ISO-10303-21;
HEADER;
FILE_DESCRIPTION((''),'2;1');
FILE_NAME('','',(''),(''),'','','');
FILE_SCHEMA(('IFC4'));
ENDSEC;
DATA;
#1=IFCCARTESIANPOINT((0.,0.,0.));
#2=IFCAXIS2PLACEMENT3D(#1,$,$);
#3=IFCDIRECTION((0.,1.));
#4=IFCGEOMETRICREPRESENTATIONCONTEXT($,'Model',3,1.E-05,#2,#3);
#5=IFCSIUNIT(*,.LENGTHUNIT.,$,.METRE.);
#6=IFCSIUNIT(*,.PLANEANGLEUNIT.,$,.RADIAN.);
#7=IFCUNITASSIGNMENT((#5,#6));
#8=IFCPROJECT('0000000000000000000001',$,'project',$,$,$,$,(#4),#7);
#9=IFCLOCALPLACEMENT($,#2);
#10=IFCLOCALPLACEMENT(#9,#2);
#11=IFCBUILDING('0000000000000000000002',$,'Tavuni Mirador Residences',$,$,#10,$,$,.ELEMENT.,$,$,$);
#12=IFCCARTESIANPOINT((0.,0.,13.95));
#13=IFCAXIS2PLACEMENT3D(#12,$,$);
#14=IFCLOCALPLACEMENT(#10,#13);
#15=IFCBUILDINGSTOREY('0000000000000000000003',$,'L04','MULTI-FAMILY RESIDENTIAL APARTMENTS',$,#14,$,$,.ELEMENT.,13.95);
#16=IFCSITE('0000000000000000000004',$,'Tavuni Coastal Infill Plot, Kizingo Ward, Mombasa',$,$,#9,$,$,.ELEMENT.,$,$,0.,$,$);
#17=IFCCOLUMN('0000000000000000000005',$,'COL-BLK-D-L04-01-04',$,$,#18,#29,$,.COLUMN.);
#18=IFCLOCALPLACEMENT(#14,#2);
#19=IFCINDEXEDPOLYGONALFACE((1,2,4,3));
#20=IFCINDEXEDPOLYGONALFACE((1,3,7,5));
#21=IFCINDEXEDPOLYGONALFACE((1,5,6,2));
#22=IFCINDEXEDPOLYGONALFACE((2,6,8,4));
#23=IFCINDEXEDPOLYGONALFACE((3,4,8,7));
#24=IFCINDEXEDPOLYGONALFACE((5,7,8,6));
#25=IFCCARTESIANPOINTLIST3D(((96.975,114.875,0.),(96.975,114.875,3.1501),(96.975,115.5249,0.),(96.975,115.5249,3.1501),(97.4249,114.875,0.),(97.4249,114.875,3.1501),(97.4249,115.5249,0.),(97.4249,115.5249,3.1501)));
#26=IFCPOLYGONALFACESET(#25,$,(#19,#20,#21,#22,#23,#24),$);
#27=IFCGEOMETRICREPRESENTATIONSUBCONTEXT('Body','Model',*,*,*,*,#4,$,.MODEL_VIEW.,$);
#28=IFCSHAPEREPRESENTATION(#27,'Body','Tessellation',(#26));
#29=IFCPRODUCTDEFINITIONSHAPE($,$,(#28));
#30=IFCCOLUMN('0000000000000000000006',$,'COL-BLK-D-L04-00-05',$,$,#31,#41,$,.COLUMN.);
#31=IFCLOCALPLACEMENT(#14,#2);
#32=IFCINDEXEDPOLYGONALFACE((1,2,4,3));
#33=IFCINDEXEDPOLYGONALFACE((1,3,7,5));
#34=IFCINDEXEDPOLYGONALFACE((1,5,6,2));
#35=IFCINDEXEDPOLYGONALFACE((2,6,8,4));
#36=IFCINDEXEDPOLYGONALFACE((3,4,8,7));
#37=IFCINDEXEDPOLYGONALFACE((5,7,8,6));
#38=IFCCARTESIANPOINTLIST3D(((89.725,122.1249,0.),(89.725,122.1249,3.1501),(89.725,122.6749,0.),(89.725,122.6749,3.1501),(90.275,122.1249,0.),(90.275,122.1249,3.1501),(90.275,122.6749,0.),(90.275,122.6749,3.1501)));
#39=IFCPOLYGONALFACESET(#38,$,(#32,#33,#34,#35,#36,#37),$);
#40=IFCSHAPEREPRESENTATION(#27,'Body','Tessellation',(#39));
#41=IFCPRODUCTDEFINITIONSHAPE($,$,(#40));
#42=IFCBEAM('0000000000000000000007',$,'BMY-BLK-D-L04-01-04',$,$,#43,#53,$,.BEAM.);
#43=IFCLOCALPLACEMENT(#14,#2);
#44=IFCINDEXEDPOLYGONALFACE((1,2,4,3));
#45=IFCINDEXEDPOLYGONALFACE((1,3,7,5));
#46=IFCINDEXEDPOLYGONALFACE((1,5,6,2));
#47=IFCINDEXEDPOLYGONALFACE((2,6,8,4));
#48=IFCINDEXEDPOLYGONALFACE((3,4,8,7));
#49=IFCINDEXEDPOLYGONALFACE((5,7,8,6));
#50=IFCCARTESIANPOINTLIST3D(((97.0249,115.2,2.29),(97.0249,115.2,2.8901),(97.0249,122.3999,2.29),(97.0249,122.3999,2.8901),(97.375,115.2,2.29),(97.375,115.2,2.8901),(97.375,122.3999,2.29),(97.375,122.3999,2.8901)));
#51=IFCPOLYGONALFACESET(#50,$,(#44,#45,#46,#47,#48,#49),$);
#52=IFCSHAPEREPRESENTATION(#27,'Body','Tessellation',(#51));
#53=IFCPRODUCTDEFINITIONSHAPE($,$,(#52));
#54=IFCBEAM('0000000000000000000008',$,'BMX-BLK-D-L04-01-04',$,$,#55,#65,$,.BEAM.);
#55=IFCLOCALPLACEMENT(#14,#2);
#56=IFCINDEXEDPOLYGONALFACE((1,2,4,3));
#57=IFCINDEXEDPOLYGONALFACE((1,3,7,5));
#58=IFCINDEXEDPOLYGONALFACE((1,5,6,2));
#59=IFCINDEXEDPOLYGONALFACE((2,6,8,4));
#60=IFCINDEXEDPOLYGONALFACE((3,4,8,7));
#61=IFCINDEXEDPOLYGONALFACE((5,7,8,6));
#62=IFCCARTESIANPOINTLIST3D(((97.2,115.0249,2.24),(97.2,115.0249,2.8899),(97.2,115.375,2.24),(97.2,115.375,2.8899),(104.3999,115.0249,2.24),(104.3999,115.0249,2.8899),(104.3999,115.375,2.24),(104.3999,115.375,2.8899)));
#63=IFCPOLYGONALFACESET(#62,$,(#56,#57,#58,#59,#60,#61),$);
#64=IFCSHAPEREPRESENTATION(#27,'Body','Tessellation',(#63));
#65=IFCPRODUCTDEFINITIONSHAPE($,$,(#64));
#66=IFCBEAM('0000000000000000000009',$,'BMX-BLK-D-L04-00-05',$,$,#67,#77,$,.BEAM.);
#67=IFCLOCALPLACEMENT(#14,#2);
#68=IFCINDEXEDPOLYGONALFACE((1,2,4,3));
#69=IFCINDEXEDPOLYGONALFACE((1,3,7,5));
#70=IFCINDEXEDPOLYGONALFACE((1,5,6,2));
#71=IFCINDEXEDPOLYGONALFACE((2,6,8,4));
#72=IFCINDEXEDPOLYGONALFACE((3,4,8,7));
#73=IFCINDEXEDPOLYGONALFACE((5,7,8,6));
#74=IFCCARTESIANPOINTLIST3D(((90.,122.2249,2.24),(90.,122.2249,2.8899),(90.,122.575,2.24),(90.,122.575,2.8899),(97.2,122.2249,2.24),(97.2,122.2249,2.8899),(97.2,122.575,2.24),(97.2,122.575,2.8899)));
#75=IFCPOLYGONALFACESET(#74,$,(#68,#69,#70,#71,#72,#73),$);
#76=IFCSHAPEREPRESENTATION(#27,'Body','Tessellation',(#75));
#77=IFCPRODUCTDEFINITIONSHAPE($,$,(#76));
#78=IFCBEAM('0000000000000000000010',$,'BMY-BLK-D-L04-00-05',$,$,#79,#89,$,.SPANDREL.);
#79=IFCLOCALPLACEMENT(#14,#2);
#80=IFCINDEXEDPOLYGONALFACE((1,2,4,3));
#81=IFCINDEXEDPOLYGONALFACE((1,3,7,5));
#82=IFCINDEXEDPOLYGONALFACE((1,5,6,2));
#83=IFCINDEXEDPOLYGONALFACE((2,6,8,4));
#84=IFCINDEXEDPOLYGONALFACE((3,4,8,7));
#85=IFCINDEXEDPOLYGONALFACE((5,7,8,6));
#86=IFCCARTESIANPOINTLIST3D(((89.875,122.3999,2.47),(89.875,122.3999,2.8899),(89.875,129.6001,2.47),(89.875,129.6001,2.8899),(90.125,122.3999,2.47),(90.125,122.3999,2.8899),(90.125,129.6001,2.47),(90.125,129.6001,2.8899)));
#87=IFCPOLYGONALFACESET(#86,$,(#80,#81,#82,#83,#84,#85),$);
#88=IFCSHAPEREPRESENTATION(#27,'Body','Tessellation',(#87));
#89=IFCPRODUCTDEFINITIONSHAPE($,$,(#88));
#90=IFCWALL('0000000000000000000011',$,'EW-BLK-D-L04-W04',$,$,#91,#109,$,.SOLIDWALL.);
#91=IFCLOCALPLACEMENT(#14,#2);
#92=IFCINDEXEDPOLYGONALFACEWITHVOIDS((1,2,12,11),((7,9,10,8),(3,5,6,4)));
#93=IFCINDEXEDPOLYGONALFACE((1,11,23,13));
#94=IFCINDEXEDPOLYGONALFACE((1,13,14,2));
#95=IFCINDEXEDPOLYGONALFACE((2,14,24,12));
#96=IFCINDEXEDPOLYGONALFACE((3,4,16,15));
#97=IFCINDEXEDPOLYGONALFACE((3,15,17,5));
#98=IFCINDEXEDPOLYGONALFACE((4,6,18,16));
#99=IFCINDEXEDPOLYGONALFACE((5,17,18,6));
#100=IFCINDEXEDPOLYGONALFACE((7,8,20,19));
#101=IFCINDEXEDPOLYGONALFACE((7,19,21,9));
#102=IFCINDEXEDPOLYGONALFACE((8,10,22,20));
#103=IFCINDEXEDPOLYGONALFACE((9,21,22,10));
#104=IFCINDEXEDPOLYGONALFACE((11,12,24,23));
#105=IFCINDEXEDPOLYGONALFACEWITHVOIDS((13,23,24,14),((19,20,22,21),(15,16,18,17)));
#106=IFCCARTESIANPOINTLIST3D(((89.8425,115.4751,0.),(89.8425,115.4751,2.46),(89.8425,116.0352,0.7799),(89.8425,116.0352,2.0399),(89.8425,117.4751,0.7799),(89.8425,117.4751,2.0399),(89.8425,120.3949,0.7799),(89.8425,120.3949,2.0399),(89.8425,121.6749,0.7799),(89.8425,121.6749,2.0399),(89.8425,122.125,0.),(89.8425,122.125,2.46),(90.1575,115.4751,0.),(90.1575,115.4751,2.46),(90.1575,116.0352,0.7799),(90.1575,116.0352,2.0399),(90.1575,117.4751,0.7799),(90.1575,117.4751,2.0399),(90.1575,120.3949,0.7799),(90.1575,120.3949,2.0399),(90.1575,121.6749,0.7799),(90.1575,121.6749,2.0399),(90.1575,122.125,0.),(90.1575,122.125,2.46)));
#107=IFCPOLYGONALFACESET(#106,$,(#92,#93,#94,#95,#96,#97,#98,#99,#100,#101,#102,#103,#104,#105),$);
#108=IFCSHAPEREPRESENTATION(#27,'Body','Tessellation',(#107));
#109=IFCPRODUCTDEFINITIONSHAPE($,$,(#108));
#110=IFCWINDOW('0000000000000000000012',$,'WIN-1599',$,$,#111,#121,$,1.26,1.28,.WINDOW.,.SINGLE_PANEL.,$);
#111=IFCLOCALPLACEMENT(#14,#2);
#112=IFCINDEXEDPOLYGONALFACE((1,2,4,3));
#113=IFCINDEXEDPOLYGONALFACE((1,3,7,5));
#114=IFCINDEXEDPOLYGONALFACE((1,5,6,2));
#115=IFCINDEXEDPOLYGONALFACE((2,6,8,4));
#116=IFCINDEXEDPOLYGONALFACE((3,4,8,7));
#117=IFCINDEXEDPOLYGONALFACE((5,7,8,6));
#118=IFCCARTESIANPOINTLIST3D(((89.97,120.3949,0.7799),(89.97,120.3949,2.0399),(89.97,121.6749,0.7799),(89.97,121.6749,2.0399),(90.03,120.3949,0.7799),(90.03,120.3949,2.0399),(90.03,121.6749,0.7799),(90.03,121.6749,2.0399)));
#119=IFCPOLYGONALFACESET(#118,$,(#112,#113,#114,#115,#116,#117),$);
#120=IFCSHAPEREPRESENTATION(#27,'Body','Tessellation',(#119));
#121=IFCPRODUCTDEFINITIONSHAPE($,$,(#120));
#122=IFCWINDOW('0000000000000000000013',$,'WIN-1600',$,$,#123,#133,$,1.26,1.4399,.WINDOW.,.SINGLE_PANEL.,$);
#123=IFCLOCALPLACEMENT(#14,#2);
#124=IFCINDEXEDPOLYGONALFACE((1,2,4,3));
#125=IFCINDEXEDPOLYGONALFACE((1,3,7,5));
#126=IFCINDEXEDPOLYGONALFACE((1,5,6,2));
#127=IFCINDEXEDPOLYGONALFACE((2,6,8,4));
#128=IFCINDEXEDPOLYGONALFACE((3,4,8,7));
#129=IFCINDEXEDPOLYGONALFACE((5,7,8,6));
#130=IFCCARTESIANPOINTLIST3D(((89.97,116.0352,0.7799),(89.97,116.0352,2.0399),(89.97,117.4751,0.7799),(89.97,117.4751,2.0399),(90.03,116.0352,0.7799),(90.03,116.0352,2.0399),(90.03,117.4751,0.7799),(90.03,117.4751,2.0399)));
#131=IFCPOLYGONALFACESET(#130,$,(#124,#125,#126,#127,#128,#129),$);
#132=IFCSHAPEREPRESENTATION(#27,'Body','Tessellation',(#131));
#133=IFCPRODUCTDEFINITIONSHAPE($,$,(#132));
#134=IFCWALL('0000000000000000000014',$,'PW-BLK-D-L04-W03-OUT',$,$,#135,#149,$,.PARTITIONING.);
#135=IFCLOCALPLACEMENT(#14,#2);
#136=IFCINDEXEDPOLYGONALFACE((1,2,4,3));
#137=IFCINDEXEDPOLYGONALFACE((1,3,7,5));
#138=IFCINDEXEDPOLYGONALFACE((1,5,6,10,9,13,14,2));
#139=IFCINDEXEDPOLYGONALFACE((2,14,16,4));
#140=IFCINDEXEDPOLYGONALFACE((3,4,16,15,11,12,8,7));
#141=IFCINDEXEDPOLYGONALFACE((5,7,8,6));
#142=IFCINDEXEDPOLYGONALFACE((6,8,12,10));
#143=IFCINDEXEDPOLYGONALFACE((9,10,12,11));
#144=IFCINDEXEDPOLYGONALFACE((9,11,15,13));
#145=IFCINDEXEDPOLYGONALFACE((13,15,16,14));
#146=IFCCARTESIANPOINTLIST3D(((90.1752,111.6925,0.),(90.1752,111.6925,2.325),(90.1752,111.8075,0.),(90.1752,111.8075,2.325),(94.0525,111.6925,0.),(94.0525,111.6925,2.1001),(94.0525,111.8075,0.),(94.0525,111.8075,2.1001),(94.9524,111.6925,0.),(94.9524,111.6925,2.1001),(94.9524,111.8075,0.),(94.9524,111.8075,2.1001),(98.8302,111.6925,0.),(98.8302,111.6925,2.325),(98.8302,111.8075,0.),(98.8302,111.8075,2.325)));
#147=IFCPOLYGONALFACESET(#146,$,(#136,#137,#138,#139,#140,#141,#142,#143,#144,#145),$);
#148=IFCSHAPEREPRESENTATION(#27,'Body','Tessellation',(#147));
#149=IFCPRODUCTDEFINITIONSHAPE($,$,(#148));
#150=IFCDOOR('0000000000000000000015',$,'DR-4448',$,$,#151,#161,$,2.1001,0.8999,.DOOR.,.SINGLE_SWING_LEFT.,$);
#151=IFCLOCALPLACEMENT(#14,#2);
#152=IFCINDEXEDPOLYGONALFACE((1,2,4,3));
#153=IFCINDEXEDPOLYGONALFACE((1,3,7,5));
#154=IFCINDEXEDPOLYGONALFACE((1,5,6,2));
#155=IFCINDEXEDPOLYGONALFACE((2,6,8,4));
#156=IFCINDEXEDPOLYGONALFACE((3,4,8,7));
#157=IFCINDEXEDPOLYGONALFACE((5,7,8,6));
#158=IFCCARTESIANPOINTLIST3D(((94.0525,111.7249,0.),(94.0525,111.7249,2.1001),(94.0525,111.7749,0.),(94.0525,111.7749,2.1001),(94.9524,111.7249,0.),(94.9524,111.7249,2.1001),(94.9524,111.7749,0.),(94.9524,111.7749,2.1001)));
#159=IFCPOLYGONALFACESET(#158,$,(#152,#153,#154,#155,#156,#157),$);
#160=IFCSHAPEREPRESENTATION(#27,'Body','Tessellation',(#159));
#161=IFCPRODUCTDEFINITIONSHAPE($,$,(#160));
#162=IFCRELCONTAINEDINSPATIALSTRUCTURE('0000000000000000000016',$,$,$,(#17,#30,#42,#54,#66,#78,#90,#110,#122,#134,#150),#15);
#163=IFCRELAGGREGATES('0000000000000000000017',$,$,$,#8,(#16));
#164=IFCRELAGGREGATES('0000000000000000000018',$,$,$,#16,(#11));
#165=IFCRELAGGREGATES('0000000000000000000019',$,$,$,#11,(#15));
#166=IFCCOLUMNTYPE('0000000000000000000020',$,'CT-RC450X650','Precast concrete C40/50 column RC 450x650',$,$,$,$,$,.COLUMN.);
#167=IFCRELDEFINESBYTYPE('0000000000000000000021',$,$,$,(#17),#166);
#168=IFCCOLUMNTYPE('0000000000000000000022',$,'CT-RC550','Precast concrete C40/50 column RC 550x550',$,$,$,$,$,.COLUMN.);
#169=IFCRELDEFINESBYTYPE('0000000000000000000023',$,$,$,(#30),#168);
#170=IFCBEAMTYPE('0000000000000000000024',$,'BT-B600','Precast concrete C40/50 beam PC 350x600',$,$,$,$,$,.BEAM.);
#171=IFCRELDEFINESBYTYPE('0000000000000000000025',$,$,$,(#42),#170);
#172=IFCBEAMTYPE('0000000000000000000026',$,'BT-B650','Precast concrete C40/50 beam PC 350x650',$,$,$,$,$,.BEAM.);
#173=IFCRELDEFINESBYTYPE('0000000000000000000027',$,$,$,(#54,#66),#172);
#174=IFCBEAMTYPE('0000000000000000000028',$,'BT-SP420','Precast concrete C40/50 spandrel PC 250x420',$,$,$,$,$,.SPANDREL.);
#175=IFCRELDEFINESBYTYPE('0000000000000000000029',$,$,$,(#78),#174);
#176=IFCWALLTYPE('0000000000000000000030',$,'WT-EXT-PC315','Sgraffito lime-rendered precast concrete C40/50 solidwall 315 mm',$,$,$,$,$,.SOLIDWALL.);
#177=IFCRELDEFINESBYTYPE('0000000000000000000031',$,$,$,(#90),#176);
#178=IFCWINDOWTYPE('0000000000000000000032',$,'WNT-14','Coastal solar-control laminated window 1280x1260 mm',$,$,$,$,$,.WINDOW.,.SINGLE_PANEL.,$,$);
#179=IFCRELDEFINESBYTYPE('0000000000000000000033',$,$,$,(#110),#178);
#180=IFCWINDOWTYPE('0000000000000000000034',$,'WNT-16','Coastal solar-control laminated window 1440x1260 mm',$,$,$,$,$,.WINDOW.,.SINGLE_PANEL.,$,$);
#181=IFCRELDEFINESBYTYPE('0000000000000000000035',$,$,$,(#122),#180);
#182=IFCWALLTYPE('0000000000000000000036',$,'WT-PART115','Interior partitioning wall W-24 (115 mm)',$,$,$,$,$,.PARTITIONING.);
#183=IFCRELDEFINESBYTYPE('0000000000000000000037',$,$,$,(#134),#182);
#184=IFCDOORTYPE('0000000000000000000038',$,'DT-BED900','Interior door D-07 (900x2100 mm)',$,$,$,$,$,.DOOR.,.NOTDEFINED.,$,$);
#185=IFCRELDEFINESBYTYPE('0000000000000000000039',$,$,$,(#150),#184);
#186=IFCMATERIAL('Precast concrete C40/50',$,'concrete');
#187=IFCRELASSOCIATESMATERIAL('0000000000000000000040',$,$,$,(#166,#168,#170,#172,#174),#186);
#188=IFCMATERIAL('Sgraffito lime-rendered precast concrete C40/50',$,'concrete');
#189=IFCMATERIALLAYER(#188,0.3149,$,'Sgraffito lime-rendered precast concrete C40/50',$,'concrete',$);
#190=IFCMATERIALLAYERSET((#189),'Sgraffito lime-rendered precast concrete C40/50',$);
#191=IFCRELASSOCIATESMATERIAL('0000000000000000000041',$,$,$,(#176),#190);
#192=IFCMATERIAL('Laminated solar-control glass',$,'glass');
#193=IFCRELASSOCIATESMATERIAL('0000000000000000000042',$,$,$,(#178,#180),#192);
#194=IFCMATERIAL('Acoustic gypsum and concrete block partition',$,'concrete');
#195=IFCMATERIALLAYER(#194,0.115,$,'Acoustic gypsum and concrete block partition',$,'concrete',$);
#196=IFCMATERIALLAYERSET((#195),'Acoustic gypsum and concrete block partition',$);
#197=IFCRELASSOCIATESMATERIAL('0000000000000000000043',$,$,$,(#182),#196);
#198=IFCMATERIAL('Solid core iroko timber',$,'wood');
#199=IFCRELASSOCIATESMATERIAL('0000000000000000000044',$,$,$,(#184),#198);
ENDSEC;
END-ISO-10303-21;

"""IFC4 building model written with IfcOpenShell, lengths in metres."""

from ifc_helpers import new_model, si_unit, direction, frame, frame_2d, origin, origin_2d, place, context, subcontext, project, spatial, rectangle, extrude, material, layer, layer_set, material_profile, profile_set, type_object, element, fill, save


model = new_model("IFC4")

# Units and contexts
model_context = context("Model", 3, precision=1e-05, world=origin(), true_north=direction((0.0, 1.0)))
body_context = subcontext(model_context, "Body", "Model", "MODEL_VIEW")
ifc_project = project(units=[si_unit("LENGTHUNIT", "METRE"), si_unit("PLANEANGLEUNIT", "RADIAN")], contexts=[model_context])

# Site, building, storey
site_placement = place(None, origin())
site = spatial("IfcSite", under=ifc_project, at=site_placement, Name="Tavuni Coastal Infill Plot, Kizingo Ward, Mombasa", CompositionType="ELEMENT", RefElevation=0.0)
building_placement = place(site_placement, origin())
building = spatial("IfcBuilding", under=site, at=building_placement, Name="Tavuni Mirador Residences", CompositionType="ELEMENT")
storey_placement = place(building_placement, frame((0.0, 0.0, 13.95)))
storey = spatial("IfcBuildingStorey", under=building, at=storey_placement, Name="L04", Description="MULTI-FAMILY RESIDENTIAL APARTMENTS", CompositionType="ELEMENT", Elevation=13.95)

# Columns
ifc_material_1 = material(Name="Precast concrete C40/50", Category="concrete")
ifc_material_profile_1 = material_profile(ifc_material_1, rectangle(XDim=0.45, YDim=0.6499, at=origin_2d()), Name="RC 450x650", Category="concrete")
ifc_profile_set_1 = profile_set([ifc_material_profile_1], Name="Precast concrete C40/50")
column_type_1 = type_object("IfcColumnType", Name="CT-RC450X650", Description="Precast concrete C40/50 column RC 450x650", PredefinedType="COLUMN", material=ifc_profile_set_1)
column_1_placement = place(storey_placement, frame((97.2, 115.2, 0.0), z_axis=(0.0, 0.0, 1.0), x_axis=(1.0, 0.0, 0.0)))
element("IfcColumn", 1, at=column_1_placement, inside=storey, type_object=column_type_1, Name="COL-BLK-D-L04-01-04", PredefinedType="COLUMN", context=body_context, shape_type="SweptSolid", body=[
    extrude(rectangle(XDim=0.45, YDim=0.6499, at=origin_2d()), origin(), (0.0, 0.0, 1.0), 3.1501),
])
ifc_material_profile_2 = material_profile(ifc_material_1, rectangle(XDim=0.55, YDim=0.55, at=origin_2d()), Name="RC 550x550", Category="concrete")
ifc_profile_set_2 = profile_set([ifc_material_profile_2], Name="Precast concrete C40/50")
column_type_2 = type_object("IfcColumnType", Name="CT-RC550", Description="Precast concrete C40/50 column RC 550x550", PredefinedType="COLUMN", material=ifc_profile_set_2)
column_2_placement = place(storey_placement, frame((90.0, 122.3999, 0.0), z_axis=(0.0, 0.0, 1.0), x_axis=(1.0, 0.0, 0.0)))
element("IfcColumn", 2, at=column_2_placement, inside=storey, type_object=column_type_2, Name="COL-BLK-D-L04-00-05", PredefinedType="COLUMN", context=body_context, shape_type="SweptSolid", body=[
    extrude(rectangle(XDim=0.55, YDim=0.55, at=origin_2d()), origin(), (0.0, 0.0, 1.0), 3.1501),
])

# Beams
ifc_material_profile_3 = material_profile(ifc_material_1, rectangle(XDim=0.3501, YDim=0.6001, at=origin_2d()), Name="PC 350x600", Category="concrete")
ifc_profile_set_3 = profile_set([ifc_material_profile_3], Name="Precast concrete C40/50")
beam_type_1 = type_object("IfcBeamType", Name="BT-B600", Description="Precast concrete C40/50 beam PC 350x600", PredefinedType="BEAM", material=ifc_profile_set_3)
beam_1_placement = place(storey_placement, frame((97.2, 115.2, 2.5901), z_axis=(0.0, 1.0, 0.0), x_axis=(-1.0, 0.0, 0.0)))
element("IfcBeam", 3, at=beam_1_placement, inside=storey, type_object=beam_type_1, Name="BMY-BLK-D-L04-01-04", PredefinedType="BEAM", context=body_context, shape_type="SweptSolid", body=[
    extrude(rectangle(XDim=0.3501, YDim=0.6001, at=origin_2d()), origin(), (0.0, 0.0, 1.0), 7.2),
])
ifc_material_profile_4 = material_profile(ifc_material_1, rectangle(XDim=0.3501, YDim=0.6499, at=origin_2d()), Name="PC 350x650", Category="concrete")
ifc_profile_set_4 = profile_set([ifc_material_profile_4], Name="Precast concrete C40/50")
beam_type_2 = type_object("IfcBeamType", Name="BT-B650", Description="Precast concrete C40/50 beam PC 350x650", PredefinedType="BEAM", material=ifc_profile_set_4)
for number, where, z_axis, x_axis, name in (
    (4, (97.2, 115.2, 2.5649), (1.0, 0.0, 0.0), (0.0, 1.0, 0.0), "BMX-BLK-D-L04-01-04"),
    (5, (90.0, 122.3999, 2.5649), (1.0, 0.0, 0.0), (0.0, 1.0, 0.0), "BMX-BLK-D-L04-00-05"),
):
    element("IfcBeam", number, at=place(storey_placement, frame(where, z_axis=z_axis, x_axis=x_axis)), inside=storey, type_object=beam_type_2, Name=name, PredefinedType="BEAM", context=body_context, shape_type="SweptSolid", body=[
        extrude(rectangle(XDim=0.3501, YDim=0.6499, at=origin_2d()), origin(), (0.0, 0.0, 1.0), 7.2),
    ])
ifc_material_profile_5 = material_profile(ifc_material_1, rectangle(XDim=0.25, YDim=0.4199, at=origin_2d()), Name="PC 250x420", Category="concrete")
ifc_profile_set_5 = profile_set([ifc_material_profile_5], Name="Precast concrete C40/50")
beam_type_3 = type_object("IfcBeamType", Name="BT-SP420", Description="Precast concrete C40/50 spandrel PC 250x420", PredefinedType="SPANDREL", material=ifc_profile_set_5)
beam_2_placement = place(storey_placement, frame((90.0, 122.3999, 2.6799), z_axis=(0.0, 1.0, 0.0), x_axis=(-1.0, 0.0, 0.0)))
element("IfcBeam", 6, at=beam_2_placement, inside=storey, type_object=beam_type_3, Name="BMY-BLK-D-L04-00-05", PredefinedType="SPANDREL", context=body_context, shape_type="SweptSolid", body=[
    extrude(rectangle(XDim=0.25, YDim=0.4199, at=origin_2d()), origin(), (0.0, 0.0, 1.0), 7.2002),
])

# Wall, openings, windows
ifc_material_2 = material(Name="Sgraffito lime-rendered precast concrete C40/50", Category="concrete")
ifc_layer_1 = layer(ifc_material_2, 0.3149, Name="Sgraffito lime-rendered precast concrete C40/50", Category="concrete")
ifc_layer_set_1 = layer_set([ifc_layer_1], Name="Sgraffito lime-rendered precast concrete C40/50")
wall_type_1 = type_object("IfcWallType", Name="WT-EXT-PC315", Description="Sgraffito lime-rendered precast concrete C40/50 solidwall 315 mm", PredefinedType="SOLIDWALL", material=ifc_layer_set_1)
wall_1_placement = place(storey_placement, frame((90.0, 122.125, 0.0), z_axis=(0.0, 0.0, 1.0), x_axis=(0.0, -1.0, 0.0)))
wall_1 = element("IfcWall", 7, at=wall_1_placement, inside=storey, type_object=wall_type_1, Name="EW-BLK-D-L04-W04", PredefinedType="SOLIDWALL", context=body_context, shape_type="SweptSolid", body=[
    extrude(rectangle(XDim=6.6499, YDim=0.3149, at=frame_2d((3.325, 0.0))), origin(), (0.0, 0.0, 1.0), 2.46),
])
opening_1_placement = place(wall_1_placement, frame((0.45, 0.0, 0.78)))
opening_1 = element("IfcOpeningElement", 8, at=opening_1_placement, cuts=wall_1, PredefinedType="OPENING", context=body_context, shape_type="SweptSolid", body=[
    extrude(rectangle(XDim=1.28, YDim=1.26, at=frame_2d((0.6401, 0.6299))), frame((0.0, 0.1675, 0.0), z_axis=(0.0, -1.0, 0.0), x_axis=(1.0, 0.0, 0.0)), (0.0, 0.0, 1.0), 0.335),
])
opening_2_placement = place(wall_1_placement, frame((4.6499, 0.0, 0.78)))
opening_2 = element("IfcOpeningElement", 9, at=opening_2_placement, cuts=wall_1, PredefinedType="OPENING", context=body_context, shape_type="SweptSolid", body=[
    extrude(rectangle(XDim=1.4399, YDim=1.26, at=frame_2d((0.72, 0.6299))), frame((0.0, 0.1675, 0.0), z_axis=(0.0, -1.0, 0.0), x_axis=(1.0, 0.0, 0.0)), (0.0, 0.0, 1.0), 0.335),
])
ifc_material_3 = material(Name="Laminated solar-control glass", Category="glass")
window_type_1 = type_object("IfcWindowType", Name="WNT-14", Description="Coastal solar-control laminated window 1280x1260 mm", PartitioningType="SINGLE_PANEL", PredefinedType="WINDOW", material=ifc_material_3)
window_1_placement = place(opening_1_placement, origin())
window_1 = element("IfcWindow", 10, at=window_1_placement, inside=storey, type_object=window_type_1, Name="WIN-1599", OverallHeight=1.26, OverallWidth=1.28, PartitioningType="SINGLE_PANEL", PredefinedType="WINDOW", context=body_context, shape_type="SweptSolid", body=[
    extrude(rectangle(XDim=1.28, YDim=1.26, at=frame_2d((0.6401, 0.6299))), frame((0.0, 0.03, 0.0), z_axis=(0.0, -1.0, 0.0), x_axis=(1.0, 0.0, 0.0)), (0.0, 0.0, 1.0), 0.0601),
])
fill(opening_1, window_1)
window_type_2 = type_object("IfcWindowType", Name="WNT-16", Description="Coastal solar-control laminated window 1440x1260 mm", PartitioningType="SINGLE_PANEL", PredefinedType="WINDOW", material=ifc_material_3)
window_2_placement = place(opening_2_placement, origin())
window_2 = element("IfcWindow", 11, at=window_2_placement, inside=storey, type_object=window_type_2, Name="WIN-1600", OverallHeight=1.26, OverallWidth=1.4399, PartitioningType="SINGLE_PANEL", PredefinedType="WINDOW", context=body_context, shape_type="SweptSolid", body=[
    extrude(rectangle(XDim=1.4399, YDim=1.26, at=frame_2d((0.72, 0.6299))), frame((0.0, 0.03, 0.0), z_axis=(0.0, -1.0, 0.0), x_axis=(1.0, 0.0, 0.0)), (0.0, 0.0, 1.0), 0.0601),
])
fill(opening_2, window_2)

# Wall, opening, door
ifc_material_4 = material(Name="Acoustic gypsum and concrete block partition", Category="concrete")
ifc_layer_2 = layer(ifc_material_4, 0.115, Name="Acoustic gypsum and concrete block partition", Category="concrete")
ifc_layer_set_2 = layer_set([ifc_layer_2], Name="Acoustic gypsum and concrete block partition")
wall_type_2 = type_object("IfcWallType", Name="WT-PART115", Description="Interior partitioning wall W-24 (115 mm)", PredefinedType="PARTITIONING", material=ifc_layer_set_2)
wall_2_placement = place(storey_placement, frame((90.175, 111.75, 0.0), z_axis=(0.0, 0.0, 1.0), x_axis=(1.0, 0.0, 0.0)))
wall_2 = element("IfcWall", 12, at=wall_2_placement, inside=storey, type_object=wall_type_2, Name="PW-BLK-D-L04-W03-OUT", PredefinedType="PARTITIONING", context=body_context, shape_type="SweptSolid", body=[
    extrude(rectangle(XDim=8.655, YDim=0.115, at=frame_2d((4.3276, 0.0))), origin(), (0.0, 0.0, 1.0), 2.325),
])
opening_3_placement = place(wall_2_placement, frame((3.8774, 0.0, 0.0)))
opening_3 = element("IfcOpeningElement", 13, at=opening_3_placement, cuts=wall_2, PredefinedType="OPENING", context=body_context, shape_type="SweptSolid", body=[
    extrude(rectangle(XDim=0.8999, YDim=2.1001, at=frame_2d((0.45, 1.05))), frame((0.0, 0.0674, 0.0), z_axis=(0.0, -1.0, 0.0), x_axis=(1.0, 0.0, 0.0)), (0.0, 0.0, 1.0), 0.135),
])
ifc_material_5 = material(Name="Solid core iroko timber", Category="wood")
door_type_1 = type_object("IfcDoorType", Name="DT-BED900", Description="Interior door D-07 (900x2100 mm)", OperationType="NOTDEFINED", PredefinedType="DOOR", material=ifc_material_5)
door_1_placement = place(opening_3_placement, origin())
door_1 = element("IfcDoor", 14, at=door_1_placement, inside=storey, type_object=door_type_1, Name="DR-4448", OperationType="SINGLE_SWING_LEFT", OverallHeight=2.1001, OverallWidth=0.8999, PredefinedType="DOOR", context=body_context, shape_type="SweptSolid", body=[
    extrude(rectangle(XDim=0.8999, YDim=2.1001, at=frame_2d((0.45, 1.05))), frame((0.0, 0.0249, 0.0), z_axis=(0.0, -1.0, 0.0), x_axis=(1.0, 0.0, 0.0)), (0.0, 0.0, 1.0), 0.05),
])
fill(opening_3, door_1)

save(model, "model.ifc")
